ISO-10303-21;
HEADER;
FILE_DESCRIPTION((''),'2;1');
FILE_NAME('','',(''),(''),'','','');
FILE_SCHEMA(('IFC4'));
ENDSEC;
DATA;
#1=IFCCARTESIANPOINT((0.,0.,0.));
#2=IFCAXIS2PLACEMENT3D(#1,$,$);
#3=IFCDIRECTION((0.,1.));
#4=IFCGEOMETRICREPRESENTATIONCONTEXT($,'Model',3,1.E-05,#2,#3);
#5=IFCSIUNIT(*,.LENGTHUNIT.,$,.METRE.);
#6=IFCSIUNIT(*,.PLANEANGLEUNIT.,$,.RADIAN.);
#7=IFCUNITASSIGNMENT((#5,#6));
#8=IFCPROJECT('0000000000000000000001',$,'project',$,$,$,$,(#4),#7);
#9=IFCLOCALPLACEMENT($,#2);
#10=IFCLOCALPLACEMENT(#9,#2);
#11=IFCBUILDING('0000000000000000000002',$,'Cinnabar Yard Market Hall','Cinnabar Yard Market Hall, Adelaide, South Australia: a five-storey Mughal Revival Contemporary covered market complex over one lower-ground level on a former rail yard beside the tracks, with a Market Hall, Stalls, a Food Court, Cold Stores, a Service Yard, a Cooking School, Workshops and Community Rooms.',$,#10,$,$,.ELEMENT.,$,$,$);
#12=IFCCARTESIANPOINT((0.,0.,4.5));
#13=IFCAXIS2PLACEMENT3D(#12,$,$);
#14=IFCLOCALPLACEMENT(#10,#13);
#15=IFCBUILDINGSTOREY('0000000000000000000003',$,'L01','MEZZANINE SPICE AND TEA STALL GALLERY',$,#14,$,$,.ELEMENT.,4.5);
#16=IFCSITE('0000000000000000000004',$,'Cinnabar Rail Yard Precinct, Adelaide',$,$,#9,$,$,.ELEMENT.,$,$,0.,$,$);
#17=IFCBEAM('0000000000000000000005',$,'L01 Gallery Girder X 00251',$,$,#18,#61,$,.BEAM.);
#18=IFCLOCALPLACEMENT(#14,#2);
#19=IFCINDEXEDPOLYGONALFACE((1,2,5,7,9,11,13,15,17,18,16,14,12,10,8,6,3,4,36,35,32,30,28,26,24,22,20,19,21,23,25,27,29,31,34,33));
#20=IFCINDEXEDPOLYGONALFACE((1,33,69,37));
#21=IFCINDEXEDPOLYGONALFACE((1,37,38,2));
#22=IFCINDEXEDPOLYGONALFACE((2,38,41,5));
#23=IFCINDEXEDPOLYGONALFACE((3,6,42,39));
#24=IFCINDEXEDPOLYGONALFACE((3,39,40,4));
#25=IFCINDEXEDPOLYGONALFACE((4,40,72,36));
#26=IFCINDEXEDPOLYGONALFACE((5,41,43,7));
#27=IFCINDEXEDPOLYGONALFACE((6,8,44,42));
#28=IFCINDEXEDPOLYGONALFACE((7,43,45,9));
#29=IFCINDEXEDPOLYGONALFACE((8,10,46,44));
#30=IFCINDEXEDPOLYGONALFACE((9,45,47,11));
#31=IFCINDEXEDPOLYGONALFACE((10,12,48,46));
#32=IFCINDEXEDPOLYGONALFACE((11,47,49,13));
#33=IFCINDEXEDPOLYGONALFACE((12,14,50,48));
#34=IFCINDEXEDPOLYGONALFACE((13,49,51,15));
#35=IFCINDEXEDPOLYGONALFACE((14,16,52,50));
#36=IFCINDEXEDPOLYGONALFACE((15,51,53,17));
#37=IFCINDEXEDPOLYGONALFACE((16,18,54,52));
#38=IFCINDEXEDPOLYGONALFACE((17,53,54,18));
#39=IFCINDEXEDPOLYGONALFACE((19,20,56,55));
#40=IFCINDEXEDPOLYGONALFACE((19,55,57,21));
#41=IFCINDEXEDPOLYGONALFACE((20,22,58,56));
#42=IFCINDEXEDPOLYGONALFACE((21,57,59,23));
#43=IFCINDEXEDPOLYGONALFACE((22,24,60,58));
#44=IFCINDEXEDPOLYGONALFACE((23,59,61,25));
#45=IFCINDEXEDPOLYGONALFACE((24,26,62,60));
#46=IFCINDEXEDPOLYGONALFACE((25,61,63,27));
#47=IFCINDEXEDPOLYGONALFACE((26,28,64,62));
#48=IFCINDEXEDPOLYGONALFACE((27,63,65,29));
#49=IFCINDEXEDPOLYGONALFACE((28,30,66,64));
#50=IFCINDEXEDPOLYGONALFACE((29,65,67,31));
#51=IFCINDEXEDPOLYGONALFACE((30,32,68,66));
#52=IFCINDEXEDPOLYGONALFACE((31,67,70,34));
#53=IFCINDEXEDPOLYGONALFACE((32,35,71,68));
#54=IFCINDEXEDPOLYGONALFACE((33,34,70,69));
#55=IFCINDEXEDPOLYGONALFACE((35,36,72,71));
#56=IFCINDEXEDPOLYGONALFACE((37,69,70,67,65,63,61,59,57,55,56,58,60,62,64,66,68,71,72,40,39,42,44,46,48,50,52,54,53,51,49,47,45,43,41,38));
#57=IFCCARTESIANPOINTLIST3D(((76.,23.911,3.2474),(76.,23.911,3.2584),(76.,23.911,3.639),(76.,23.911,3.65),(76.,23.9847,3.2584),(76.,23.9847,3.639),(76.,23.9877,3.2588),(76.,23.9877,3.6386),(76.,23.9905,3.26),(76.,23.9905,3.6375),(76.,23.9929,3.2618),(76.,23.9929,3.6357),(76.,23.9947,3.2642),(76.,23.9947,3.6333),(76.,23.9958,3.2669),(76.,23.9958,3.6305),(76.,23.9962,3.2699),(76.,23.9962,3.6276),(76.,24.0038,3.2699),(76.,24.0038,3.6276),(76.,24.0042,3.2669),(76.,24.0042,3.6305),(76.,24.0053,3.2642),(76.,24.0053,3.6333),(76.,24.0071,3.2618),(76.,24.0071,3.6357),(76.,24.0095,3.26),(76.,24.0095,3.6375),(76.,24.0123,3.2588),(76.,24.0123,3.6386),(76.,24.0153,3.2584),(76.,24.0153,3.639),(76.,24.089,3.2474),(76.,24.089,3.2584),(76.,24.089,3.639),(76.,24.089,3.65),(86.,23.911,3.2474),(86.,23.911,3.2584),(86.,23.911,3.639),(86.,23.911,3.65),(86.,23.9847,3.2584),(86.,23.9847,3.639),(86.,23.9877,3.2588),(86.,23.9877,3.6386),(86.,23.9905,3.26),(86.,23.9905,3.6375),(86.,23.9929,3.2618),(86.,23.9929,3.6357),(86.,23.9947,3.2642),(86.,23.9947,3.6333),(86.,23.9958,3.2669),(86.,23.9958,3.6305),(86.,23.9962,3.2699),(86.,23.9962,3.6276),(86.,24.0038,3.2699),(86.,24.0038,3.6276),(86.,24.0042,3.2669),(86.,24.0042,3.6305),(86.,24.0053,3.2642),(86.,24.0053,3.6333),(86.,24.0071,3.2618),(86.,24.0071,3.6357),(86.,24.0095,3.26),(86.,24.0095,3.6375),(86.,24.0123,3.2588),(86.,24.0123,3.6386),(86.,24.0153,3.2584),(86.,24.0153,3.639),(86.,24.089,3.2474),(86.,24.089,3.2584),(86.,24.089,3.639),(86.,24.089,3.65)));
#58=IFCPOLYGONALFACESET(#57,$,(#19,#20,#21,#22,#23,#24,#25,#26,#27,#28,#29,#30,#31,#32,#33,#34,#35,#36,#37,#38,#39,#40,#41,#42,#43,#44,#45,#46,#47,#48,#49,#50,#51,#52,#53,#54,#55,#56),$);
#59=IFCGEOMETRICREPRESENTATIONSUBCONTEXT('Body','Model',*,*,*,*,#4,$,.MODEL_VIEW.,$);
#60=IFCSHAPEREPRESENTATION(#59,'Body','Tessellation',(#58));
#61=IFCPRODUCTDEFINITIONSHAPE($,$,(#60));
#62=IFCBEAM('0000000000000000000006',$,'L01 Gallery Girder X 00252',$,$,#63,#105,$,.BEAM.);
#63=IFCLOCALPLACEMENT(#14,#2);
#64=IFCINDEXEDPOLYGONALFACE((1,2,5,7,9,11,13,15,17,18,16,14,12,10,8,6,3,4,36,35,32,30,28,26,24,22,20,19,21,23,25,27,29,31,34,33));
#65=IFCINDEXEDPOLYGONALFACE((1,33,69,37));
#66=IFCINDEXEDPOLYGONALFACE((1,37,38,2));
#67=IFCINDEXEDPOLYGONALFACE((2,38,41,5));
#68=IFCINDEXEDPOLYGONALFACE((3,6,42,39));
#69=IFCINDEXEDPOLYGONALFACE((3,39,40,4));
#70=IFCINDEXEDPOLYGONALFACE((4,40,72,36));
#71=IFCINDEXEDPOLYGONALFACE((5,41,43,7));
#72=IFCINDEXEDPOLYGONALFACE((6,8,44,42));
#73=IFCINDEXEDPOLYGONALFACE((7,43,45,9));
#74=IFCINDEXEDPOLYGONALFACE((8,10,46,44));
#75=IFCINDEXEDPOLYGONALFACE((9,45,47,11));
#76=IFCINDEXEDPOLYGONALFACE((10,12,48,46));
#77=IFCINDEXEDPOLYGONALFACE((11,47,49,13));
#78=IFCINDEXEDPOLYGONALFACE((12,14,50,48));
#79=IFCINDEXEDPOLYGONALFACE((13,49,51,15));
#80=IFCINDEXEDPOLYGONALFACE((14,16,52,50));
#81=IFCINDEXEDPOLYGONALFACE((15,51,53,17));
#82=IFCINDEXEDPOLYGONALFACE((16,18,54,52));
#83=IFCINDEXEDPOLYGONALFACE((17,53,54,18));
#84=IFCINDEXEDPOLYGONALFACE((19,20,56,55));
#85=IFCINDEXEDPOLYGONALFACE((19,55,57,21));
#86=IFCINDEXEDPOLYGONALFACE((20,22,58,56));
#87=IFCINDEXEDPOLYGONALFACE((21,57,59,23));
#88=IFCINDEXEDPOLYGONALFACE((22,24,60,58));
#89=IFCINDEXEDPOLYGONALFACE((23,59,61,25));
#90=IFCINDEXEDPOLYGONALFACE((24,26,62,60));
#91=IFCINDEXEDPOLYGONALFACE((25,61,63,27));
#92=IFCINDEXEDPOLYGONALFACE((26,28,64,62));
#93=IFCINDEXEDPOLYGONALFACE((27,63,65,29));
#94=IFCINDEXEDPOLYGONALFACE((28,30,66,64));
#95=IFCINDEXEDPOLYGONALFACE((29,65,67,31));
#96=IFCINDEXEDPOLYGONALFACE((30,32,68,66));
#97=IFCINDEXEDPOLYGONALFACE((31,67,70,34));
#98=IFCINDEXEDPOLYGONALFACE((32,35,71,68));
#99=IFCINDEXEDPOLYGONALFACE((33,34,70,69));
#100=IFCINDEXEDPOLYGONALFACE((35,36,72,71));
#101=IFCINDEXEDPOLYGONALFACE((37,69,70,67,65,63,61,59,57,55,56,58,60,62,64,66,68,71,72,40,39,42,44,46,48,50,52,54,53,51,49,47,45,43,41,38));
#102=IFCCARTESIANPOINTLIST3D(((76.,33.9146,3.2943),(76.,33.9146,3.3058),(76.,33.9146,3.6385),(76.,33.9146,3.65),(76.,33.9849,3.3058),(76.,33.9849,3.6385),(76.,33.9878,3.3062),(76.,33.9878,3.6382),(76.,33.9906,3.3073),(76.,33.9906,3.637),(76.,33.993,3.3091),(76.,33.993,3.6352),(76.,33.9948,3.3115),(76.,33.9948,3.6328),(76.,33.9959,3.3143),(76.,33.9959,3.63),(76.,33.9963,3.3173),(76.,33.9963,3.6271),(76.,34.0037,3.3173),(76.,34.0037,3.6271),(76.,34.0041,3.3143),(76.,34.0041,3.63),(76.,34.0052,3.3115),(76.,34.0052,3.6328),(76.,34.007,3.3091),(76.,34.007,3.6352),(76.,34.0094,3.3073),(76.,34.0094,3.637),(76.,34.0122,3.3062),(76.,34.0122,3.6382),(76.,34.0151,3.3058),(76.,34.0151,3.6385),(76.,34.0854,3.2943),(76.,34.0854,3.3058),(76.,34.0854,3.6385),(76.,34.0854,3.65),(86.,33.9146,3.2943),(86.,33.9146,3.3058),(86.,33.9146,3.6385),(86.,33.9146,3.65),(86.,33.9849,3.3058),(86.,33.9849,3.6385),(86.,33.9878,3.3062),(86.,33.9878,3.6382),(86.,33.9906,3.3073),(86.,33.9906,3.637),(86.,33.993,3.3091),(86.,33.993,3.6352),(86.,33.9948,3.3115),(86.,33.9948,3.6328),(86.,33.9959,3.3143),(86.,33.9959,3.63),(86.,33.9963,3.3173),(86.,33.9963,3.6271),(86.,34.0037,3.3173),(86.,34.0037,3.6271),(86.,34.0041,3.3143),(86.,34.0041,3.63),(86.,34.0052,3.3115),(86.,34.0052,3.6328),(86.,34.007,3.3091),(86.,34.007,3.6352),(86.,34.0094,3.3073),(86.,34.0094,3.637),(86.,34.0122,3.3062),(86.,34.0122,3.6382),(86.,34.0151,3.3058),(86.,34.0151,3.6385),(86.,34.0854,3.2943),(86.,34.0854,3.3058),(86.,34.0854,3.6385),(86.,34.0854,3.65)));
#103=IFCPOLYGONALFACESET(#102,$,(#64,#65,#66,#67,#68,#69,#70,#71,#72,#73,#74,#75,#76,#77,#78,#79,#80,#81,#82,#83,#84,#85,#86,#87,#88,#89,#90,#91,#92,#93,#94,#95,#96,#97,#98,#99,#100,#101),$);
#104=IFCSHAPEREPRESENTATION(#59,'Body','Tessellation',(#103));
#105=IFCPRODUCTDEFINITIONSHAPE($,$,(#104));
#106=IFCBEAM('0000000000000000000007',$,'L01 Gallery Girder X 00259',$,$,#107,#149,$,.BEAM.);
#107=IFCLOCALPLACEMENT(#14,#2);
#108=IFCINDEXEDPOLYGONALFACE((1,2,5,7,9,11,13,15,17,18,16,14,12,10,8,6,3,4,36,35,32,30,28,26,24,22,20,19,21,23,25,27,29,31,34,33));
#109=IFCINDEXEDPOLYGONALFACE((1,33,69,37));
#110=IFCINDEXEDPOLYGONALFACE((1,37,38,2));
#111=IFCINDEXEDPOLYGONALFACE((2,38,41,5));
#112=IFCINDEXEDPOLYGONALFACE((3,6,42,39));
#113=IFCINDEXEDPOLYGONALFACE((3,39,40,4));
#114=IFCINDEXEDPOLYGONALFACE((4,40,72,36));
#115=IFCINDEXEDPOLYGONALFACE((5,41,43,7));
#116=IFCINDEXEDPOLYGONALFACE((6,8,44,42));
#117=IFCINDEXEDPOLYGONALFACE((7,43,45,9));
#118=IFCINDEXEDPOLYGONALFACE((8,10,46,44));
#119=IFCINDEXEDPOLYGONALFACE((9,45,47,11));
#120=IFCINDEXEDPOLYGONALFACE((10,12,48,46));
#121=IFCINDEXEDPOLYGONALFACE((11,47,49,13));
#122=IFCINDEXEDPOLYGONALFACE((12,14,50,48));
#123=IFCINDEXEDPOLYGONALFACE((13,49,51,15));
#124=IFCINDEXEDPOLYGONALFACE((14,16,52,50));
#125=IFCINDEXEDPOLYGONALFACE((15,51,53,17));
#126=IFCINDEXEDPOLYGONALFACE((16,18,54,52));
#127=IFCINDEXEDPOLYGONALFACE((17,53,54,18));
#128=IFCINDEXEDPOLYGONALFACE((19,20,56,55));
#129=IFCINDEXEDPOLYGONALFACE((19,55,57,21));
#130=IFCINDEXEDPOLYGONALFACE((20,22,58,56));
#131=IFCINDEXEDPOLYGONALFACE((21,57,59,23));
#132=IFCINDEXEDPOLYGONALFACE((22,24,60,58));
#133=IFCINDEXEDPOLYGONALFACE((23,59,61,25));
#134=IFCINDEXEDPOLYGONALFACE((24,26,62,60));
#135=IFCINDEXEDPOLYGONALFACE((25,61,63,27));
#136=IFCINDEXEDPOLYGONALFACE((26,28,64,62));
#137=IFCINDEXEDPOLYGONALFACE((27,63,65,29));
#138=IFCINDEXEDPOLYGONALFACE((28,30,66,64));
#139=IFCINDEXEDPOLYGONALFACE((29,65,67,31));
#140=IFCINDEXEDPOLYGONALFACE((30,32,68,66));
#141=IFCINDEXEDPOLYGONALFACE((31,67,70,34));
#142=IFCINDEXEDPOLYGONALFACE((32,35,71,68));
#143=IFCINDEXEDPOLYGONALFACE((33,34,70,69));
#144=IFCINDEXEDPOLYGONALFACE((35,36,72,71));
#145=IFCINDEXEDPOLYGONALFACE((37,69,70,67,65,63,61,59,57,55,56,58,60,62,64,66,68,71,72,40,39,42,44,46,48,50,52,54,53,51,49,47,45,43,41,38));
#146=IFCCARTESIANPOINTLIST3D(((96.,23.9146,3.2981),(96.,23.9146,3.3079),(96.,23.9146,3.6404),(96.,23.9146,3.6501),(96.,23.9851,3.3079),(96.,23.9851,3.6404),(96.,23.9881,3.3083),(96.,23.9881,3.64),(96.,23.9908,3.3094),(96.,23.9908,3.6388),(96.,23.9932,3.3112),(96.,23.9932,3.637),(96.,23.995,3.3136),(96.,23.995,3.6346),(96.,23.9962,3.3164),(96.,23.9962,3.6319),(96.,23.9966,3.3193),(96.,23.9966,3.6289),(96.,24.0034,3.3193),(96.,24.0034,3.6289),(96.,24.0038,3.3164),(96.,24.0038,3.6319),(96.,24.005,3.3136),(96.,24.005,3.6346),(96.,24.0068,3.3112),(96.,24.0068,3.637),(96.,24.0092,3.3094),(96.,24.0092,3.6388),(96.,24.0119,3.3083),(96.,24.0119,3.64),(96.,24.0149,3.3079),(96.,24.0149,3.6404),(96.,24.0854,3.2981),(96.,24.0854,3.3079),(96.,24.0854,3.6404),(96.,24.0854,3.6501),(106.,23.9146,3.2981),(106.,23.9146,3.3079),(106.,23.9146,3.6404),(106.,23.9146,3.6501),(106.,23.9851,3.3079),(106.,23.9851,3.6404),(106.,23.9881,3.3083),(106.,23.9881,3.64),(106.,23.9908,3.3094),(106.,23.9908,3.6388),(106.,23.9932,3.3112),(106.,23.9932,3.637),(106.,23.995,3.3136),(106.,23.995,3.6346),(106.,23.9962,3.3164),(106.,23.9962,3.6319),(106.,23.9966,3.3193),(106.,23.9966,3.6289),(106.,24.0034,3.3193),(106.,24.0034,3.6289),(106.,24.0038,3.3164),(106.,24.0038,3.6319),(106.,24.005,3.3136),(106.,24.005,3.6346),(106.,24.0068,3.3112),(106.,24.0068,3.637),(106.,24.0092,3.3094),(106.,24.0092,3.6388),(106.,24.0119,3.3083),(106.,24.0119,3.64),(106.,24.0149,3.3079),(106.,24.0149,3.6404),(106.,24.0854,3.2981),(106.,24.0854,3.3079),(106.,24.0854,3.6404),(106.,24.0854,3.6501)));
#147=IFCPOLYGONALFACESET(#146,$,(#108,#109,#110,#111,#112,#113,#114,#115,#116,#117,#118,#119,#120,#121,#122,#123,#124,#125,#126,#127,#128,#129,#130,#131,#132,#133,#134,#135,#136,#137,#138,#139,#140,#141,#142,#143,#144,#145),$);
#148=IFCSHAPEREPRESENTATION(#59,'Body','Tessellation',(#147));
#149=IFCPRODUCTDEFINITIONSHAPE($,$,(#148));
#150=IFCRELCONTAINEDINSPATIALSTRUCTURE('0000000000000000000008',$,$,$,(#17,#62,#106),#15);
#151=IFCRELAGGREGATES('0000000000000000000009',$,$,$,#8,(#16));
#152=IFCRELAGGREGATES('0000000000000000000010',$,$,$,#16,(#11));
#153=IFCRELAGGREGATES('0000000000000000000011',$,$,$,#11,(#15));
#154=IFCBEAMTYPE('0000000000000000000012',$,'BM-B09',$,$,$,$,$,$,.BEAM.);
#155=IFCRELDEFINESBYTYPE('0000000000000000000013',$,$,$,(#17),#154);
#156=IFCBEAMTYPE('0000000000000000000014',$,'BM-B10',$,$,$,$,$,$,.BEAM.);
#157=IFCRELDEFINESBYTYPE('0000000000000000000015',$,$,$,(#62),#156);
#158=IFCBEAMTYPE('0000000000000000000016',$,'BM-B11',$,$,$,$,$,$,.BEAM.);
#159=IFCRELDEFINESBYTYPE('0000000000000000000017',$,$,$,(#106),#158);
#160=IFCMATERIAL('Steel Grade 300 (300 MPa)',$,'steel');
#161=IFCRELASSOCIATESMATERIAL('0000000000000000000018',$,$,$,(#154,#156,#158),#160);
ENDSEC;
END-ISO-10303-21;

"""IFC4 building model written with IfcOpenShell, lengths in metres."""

from ifc_helpers import new_model, si_unit, direction, frame, origin, origin_2d_with_axis, place, context, subcontext, project, spatial, i_section, extrude, material, material_profile, profile_set, type_object, element, save


model = new_model("IFC4")

# Units and contexts
model_context = context("Model", 3, precision=1e-05, world=origin(), true_north=direction((0.0, 1.0)))
body_context = subcontext(model_context, "Body", "Model", "MODEL_VIEW")
ifc_project = project(units=[si_unit("LENGTHUNIT", "METRE"), si_unit("PLANEANGLEUNIT", "RADIAN")], contexts=[model_context])

# Site, building, storey
site_placement = place(None, origin())
site = spatial("IfcSite", under=ifc_project, at=site_placement, Name="Cinnabar Rail Yard Precinct, Adelaide", CompositionType="ELEMENT", RefElevation=0.0)
building_placement = place(site_placement, origin())
building = spatial("IfcBuilding", under=site, at=building_placement, Name="Cinnabar Yard Market Hall", Description="Cinnabar Yard Market Hall, Adelaide, South Australia: a five-storey Mughal Revival Contemporary covered market complex over one lower-ground level on a former rail yard beside the tracks, with a Market Hall, Stalls, a Food Court, Cold Stores, a Service Yard, a Cooking School, Workshops and Community Rooms.", CompositionType="ELEMENT")
storey_placement = place(building_placement, frame((0.0, 0.0, 4.5)))
storey = spatial("IfcBuildingStorey", under=building, at=storey_placement, Name="L01", Description="MEZZANINE SPICE AND TEA STALL GALLERY", CompositionType="ELEMENT", Elevation=4.5)

# Beams
ifc_material_1 = material(Name="Steel Grade 300 (300 MPa)", Category="steel")
ifc_material_profile_1 = material_profile(ifc_material_1, i_section(OverallWidth=0.178, OverallDepth=0.4026, WebThickness=0.0076, FlangeThickness=0.011, FilletRadius=0.0115, at=origin_2d_with_axis()), Name="410UB53.7")
ifc_profile_set_1 = profile_set([ifc_material_profile_1], Name="Steel Grade 300 (300 MPa)")
beam_type_1 = type_object("IfcBeamType", Name="BM-B09", PredefinedType="BEAM", material=ifc_profile_set_1)
beam_1_placement = place(storey_placement, frame((76.0, 24.0, 3.4487), z_axis=(1.0, 0.0, 0.0), x_axis=(0.0, 1.0, 0.0)))
element("IfcBeam", 1, at=beam_1_placement, inside=storey, type_object=beam_type_1, Name="L01 Gallery Girder X 00251", PredefinedType="BEAM", context=body_context, shape_type="SweptSolid", body=[
    extrude(i_section(OverallWidth=0.178, OverallDepth=0.4026, WebThickness=0.0076, FlangeThickness=0.011, FilletRadius=0.0115, at=origin_2d_with_axis()), origin(), (0.0, 0.0, 1.0), 10.0),
])
ifc_material_profile_2 = material_profile(ifc_material_1, i_section(OverallWidth=0.1709, OverallDepth=0.3557, WebThickness=0.0073, FlangeThickness=0.0115, FilletRadius=0.0115, at=origin_2d_with_axis()), Name="360UB50.7")
ifc_profile_set_2 = profile_set([ifc_material_profile_2], Name="Steel Grade 300 (300 MPa)")
beam_type_2 = type_object("IfcBeamType", Name="BM-B10", PredefinedType="BEAM", material=ifc_profile_set_2)
beam_2_placement = place(storey_placement, frame((76.0, 34.0, 3.4722), z_axis=(1.0, 0.0, 0.0), x_axis=(0.0, 1.0, 0.0)))
element("IfcBeam", 2, at=beam_2_placement, inside=storey, type_object=beam_type_2, Name="L01 Gallery Girder X 00252", PredefinedType="BEAM", context=body_context, shape_type="SweptSolid", body=[
    extrude(i_section(OverallWidth=0.1709, OverallDepth=0.3557, WebThickness=0.0073, FlangeThickness=0.0115, FilletRadius=0.0115, at=origin_2d_with_axis()), origin(), (0.0, 0.0, 1.0), 10.0),
])
ifc_material_profile_3 = material_profile(ifc_material_1, i_section(OverallWidth=0.1709, OverallDepth=0.3521, WebThickness=0.0068, FlangeThickness=0.0098, FilletRadius=0.0115, at=origin_2d_with_axis()), Name="360UB44.7")
ifc_profile_set_3 = profile_set([ifc_material_profile_3], Name="Steel Grade 300 (300 MPa)")
beam_type_3 = type_object("IfcBeamType", Name="BM-B11", PredefinedType="BEAM", material=ifc_profile_set_3)
beam_3_placement = place(storey_placement, frame((96.0, 24.0, 3.4741), z_axis=(1.0, 0.0, 0.0), x_axis=(0.0, 1.0, 0.0)))
element("IfcBeam", 3, at=beam_3_placement, inside=storey, type_object=beam_type_3, Name="L01 Gallery Girder X 00259", PredefinedType="BEAM", context=body_context, shape_type="SweptSolid", body=[
    extrude(i_section(OverallWidth=0.1709, OverallDepth=0.3521, WebThickness=0.0068, FlangeThickness=0.0098, FilletRadius=0.0115, at=origin_2d_with_axis()), origin(), (0.0, 0.0, 1.0), 10.0),
])

save(model, "model.ifc")
